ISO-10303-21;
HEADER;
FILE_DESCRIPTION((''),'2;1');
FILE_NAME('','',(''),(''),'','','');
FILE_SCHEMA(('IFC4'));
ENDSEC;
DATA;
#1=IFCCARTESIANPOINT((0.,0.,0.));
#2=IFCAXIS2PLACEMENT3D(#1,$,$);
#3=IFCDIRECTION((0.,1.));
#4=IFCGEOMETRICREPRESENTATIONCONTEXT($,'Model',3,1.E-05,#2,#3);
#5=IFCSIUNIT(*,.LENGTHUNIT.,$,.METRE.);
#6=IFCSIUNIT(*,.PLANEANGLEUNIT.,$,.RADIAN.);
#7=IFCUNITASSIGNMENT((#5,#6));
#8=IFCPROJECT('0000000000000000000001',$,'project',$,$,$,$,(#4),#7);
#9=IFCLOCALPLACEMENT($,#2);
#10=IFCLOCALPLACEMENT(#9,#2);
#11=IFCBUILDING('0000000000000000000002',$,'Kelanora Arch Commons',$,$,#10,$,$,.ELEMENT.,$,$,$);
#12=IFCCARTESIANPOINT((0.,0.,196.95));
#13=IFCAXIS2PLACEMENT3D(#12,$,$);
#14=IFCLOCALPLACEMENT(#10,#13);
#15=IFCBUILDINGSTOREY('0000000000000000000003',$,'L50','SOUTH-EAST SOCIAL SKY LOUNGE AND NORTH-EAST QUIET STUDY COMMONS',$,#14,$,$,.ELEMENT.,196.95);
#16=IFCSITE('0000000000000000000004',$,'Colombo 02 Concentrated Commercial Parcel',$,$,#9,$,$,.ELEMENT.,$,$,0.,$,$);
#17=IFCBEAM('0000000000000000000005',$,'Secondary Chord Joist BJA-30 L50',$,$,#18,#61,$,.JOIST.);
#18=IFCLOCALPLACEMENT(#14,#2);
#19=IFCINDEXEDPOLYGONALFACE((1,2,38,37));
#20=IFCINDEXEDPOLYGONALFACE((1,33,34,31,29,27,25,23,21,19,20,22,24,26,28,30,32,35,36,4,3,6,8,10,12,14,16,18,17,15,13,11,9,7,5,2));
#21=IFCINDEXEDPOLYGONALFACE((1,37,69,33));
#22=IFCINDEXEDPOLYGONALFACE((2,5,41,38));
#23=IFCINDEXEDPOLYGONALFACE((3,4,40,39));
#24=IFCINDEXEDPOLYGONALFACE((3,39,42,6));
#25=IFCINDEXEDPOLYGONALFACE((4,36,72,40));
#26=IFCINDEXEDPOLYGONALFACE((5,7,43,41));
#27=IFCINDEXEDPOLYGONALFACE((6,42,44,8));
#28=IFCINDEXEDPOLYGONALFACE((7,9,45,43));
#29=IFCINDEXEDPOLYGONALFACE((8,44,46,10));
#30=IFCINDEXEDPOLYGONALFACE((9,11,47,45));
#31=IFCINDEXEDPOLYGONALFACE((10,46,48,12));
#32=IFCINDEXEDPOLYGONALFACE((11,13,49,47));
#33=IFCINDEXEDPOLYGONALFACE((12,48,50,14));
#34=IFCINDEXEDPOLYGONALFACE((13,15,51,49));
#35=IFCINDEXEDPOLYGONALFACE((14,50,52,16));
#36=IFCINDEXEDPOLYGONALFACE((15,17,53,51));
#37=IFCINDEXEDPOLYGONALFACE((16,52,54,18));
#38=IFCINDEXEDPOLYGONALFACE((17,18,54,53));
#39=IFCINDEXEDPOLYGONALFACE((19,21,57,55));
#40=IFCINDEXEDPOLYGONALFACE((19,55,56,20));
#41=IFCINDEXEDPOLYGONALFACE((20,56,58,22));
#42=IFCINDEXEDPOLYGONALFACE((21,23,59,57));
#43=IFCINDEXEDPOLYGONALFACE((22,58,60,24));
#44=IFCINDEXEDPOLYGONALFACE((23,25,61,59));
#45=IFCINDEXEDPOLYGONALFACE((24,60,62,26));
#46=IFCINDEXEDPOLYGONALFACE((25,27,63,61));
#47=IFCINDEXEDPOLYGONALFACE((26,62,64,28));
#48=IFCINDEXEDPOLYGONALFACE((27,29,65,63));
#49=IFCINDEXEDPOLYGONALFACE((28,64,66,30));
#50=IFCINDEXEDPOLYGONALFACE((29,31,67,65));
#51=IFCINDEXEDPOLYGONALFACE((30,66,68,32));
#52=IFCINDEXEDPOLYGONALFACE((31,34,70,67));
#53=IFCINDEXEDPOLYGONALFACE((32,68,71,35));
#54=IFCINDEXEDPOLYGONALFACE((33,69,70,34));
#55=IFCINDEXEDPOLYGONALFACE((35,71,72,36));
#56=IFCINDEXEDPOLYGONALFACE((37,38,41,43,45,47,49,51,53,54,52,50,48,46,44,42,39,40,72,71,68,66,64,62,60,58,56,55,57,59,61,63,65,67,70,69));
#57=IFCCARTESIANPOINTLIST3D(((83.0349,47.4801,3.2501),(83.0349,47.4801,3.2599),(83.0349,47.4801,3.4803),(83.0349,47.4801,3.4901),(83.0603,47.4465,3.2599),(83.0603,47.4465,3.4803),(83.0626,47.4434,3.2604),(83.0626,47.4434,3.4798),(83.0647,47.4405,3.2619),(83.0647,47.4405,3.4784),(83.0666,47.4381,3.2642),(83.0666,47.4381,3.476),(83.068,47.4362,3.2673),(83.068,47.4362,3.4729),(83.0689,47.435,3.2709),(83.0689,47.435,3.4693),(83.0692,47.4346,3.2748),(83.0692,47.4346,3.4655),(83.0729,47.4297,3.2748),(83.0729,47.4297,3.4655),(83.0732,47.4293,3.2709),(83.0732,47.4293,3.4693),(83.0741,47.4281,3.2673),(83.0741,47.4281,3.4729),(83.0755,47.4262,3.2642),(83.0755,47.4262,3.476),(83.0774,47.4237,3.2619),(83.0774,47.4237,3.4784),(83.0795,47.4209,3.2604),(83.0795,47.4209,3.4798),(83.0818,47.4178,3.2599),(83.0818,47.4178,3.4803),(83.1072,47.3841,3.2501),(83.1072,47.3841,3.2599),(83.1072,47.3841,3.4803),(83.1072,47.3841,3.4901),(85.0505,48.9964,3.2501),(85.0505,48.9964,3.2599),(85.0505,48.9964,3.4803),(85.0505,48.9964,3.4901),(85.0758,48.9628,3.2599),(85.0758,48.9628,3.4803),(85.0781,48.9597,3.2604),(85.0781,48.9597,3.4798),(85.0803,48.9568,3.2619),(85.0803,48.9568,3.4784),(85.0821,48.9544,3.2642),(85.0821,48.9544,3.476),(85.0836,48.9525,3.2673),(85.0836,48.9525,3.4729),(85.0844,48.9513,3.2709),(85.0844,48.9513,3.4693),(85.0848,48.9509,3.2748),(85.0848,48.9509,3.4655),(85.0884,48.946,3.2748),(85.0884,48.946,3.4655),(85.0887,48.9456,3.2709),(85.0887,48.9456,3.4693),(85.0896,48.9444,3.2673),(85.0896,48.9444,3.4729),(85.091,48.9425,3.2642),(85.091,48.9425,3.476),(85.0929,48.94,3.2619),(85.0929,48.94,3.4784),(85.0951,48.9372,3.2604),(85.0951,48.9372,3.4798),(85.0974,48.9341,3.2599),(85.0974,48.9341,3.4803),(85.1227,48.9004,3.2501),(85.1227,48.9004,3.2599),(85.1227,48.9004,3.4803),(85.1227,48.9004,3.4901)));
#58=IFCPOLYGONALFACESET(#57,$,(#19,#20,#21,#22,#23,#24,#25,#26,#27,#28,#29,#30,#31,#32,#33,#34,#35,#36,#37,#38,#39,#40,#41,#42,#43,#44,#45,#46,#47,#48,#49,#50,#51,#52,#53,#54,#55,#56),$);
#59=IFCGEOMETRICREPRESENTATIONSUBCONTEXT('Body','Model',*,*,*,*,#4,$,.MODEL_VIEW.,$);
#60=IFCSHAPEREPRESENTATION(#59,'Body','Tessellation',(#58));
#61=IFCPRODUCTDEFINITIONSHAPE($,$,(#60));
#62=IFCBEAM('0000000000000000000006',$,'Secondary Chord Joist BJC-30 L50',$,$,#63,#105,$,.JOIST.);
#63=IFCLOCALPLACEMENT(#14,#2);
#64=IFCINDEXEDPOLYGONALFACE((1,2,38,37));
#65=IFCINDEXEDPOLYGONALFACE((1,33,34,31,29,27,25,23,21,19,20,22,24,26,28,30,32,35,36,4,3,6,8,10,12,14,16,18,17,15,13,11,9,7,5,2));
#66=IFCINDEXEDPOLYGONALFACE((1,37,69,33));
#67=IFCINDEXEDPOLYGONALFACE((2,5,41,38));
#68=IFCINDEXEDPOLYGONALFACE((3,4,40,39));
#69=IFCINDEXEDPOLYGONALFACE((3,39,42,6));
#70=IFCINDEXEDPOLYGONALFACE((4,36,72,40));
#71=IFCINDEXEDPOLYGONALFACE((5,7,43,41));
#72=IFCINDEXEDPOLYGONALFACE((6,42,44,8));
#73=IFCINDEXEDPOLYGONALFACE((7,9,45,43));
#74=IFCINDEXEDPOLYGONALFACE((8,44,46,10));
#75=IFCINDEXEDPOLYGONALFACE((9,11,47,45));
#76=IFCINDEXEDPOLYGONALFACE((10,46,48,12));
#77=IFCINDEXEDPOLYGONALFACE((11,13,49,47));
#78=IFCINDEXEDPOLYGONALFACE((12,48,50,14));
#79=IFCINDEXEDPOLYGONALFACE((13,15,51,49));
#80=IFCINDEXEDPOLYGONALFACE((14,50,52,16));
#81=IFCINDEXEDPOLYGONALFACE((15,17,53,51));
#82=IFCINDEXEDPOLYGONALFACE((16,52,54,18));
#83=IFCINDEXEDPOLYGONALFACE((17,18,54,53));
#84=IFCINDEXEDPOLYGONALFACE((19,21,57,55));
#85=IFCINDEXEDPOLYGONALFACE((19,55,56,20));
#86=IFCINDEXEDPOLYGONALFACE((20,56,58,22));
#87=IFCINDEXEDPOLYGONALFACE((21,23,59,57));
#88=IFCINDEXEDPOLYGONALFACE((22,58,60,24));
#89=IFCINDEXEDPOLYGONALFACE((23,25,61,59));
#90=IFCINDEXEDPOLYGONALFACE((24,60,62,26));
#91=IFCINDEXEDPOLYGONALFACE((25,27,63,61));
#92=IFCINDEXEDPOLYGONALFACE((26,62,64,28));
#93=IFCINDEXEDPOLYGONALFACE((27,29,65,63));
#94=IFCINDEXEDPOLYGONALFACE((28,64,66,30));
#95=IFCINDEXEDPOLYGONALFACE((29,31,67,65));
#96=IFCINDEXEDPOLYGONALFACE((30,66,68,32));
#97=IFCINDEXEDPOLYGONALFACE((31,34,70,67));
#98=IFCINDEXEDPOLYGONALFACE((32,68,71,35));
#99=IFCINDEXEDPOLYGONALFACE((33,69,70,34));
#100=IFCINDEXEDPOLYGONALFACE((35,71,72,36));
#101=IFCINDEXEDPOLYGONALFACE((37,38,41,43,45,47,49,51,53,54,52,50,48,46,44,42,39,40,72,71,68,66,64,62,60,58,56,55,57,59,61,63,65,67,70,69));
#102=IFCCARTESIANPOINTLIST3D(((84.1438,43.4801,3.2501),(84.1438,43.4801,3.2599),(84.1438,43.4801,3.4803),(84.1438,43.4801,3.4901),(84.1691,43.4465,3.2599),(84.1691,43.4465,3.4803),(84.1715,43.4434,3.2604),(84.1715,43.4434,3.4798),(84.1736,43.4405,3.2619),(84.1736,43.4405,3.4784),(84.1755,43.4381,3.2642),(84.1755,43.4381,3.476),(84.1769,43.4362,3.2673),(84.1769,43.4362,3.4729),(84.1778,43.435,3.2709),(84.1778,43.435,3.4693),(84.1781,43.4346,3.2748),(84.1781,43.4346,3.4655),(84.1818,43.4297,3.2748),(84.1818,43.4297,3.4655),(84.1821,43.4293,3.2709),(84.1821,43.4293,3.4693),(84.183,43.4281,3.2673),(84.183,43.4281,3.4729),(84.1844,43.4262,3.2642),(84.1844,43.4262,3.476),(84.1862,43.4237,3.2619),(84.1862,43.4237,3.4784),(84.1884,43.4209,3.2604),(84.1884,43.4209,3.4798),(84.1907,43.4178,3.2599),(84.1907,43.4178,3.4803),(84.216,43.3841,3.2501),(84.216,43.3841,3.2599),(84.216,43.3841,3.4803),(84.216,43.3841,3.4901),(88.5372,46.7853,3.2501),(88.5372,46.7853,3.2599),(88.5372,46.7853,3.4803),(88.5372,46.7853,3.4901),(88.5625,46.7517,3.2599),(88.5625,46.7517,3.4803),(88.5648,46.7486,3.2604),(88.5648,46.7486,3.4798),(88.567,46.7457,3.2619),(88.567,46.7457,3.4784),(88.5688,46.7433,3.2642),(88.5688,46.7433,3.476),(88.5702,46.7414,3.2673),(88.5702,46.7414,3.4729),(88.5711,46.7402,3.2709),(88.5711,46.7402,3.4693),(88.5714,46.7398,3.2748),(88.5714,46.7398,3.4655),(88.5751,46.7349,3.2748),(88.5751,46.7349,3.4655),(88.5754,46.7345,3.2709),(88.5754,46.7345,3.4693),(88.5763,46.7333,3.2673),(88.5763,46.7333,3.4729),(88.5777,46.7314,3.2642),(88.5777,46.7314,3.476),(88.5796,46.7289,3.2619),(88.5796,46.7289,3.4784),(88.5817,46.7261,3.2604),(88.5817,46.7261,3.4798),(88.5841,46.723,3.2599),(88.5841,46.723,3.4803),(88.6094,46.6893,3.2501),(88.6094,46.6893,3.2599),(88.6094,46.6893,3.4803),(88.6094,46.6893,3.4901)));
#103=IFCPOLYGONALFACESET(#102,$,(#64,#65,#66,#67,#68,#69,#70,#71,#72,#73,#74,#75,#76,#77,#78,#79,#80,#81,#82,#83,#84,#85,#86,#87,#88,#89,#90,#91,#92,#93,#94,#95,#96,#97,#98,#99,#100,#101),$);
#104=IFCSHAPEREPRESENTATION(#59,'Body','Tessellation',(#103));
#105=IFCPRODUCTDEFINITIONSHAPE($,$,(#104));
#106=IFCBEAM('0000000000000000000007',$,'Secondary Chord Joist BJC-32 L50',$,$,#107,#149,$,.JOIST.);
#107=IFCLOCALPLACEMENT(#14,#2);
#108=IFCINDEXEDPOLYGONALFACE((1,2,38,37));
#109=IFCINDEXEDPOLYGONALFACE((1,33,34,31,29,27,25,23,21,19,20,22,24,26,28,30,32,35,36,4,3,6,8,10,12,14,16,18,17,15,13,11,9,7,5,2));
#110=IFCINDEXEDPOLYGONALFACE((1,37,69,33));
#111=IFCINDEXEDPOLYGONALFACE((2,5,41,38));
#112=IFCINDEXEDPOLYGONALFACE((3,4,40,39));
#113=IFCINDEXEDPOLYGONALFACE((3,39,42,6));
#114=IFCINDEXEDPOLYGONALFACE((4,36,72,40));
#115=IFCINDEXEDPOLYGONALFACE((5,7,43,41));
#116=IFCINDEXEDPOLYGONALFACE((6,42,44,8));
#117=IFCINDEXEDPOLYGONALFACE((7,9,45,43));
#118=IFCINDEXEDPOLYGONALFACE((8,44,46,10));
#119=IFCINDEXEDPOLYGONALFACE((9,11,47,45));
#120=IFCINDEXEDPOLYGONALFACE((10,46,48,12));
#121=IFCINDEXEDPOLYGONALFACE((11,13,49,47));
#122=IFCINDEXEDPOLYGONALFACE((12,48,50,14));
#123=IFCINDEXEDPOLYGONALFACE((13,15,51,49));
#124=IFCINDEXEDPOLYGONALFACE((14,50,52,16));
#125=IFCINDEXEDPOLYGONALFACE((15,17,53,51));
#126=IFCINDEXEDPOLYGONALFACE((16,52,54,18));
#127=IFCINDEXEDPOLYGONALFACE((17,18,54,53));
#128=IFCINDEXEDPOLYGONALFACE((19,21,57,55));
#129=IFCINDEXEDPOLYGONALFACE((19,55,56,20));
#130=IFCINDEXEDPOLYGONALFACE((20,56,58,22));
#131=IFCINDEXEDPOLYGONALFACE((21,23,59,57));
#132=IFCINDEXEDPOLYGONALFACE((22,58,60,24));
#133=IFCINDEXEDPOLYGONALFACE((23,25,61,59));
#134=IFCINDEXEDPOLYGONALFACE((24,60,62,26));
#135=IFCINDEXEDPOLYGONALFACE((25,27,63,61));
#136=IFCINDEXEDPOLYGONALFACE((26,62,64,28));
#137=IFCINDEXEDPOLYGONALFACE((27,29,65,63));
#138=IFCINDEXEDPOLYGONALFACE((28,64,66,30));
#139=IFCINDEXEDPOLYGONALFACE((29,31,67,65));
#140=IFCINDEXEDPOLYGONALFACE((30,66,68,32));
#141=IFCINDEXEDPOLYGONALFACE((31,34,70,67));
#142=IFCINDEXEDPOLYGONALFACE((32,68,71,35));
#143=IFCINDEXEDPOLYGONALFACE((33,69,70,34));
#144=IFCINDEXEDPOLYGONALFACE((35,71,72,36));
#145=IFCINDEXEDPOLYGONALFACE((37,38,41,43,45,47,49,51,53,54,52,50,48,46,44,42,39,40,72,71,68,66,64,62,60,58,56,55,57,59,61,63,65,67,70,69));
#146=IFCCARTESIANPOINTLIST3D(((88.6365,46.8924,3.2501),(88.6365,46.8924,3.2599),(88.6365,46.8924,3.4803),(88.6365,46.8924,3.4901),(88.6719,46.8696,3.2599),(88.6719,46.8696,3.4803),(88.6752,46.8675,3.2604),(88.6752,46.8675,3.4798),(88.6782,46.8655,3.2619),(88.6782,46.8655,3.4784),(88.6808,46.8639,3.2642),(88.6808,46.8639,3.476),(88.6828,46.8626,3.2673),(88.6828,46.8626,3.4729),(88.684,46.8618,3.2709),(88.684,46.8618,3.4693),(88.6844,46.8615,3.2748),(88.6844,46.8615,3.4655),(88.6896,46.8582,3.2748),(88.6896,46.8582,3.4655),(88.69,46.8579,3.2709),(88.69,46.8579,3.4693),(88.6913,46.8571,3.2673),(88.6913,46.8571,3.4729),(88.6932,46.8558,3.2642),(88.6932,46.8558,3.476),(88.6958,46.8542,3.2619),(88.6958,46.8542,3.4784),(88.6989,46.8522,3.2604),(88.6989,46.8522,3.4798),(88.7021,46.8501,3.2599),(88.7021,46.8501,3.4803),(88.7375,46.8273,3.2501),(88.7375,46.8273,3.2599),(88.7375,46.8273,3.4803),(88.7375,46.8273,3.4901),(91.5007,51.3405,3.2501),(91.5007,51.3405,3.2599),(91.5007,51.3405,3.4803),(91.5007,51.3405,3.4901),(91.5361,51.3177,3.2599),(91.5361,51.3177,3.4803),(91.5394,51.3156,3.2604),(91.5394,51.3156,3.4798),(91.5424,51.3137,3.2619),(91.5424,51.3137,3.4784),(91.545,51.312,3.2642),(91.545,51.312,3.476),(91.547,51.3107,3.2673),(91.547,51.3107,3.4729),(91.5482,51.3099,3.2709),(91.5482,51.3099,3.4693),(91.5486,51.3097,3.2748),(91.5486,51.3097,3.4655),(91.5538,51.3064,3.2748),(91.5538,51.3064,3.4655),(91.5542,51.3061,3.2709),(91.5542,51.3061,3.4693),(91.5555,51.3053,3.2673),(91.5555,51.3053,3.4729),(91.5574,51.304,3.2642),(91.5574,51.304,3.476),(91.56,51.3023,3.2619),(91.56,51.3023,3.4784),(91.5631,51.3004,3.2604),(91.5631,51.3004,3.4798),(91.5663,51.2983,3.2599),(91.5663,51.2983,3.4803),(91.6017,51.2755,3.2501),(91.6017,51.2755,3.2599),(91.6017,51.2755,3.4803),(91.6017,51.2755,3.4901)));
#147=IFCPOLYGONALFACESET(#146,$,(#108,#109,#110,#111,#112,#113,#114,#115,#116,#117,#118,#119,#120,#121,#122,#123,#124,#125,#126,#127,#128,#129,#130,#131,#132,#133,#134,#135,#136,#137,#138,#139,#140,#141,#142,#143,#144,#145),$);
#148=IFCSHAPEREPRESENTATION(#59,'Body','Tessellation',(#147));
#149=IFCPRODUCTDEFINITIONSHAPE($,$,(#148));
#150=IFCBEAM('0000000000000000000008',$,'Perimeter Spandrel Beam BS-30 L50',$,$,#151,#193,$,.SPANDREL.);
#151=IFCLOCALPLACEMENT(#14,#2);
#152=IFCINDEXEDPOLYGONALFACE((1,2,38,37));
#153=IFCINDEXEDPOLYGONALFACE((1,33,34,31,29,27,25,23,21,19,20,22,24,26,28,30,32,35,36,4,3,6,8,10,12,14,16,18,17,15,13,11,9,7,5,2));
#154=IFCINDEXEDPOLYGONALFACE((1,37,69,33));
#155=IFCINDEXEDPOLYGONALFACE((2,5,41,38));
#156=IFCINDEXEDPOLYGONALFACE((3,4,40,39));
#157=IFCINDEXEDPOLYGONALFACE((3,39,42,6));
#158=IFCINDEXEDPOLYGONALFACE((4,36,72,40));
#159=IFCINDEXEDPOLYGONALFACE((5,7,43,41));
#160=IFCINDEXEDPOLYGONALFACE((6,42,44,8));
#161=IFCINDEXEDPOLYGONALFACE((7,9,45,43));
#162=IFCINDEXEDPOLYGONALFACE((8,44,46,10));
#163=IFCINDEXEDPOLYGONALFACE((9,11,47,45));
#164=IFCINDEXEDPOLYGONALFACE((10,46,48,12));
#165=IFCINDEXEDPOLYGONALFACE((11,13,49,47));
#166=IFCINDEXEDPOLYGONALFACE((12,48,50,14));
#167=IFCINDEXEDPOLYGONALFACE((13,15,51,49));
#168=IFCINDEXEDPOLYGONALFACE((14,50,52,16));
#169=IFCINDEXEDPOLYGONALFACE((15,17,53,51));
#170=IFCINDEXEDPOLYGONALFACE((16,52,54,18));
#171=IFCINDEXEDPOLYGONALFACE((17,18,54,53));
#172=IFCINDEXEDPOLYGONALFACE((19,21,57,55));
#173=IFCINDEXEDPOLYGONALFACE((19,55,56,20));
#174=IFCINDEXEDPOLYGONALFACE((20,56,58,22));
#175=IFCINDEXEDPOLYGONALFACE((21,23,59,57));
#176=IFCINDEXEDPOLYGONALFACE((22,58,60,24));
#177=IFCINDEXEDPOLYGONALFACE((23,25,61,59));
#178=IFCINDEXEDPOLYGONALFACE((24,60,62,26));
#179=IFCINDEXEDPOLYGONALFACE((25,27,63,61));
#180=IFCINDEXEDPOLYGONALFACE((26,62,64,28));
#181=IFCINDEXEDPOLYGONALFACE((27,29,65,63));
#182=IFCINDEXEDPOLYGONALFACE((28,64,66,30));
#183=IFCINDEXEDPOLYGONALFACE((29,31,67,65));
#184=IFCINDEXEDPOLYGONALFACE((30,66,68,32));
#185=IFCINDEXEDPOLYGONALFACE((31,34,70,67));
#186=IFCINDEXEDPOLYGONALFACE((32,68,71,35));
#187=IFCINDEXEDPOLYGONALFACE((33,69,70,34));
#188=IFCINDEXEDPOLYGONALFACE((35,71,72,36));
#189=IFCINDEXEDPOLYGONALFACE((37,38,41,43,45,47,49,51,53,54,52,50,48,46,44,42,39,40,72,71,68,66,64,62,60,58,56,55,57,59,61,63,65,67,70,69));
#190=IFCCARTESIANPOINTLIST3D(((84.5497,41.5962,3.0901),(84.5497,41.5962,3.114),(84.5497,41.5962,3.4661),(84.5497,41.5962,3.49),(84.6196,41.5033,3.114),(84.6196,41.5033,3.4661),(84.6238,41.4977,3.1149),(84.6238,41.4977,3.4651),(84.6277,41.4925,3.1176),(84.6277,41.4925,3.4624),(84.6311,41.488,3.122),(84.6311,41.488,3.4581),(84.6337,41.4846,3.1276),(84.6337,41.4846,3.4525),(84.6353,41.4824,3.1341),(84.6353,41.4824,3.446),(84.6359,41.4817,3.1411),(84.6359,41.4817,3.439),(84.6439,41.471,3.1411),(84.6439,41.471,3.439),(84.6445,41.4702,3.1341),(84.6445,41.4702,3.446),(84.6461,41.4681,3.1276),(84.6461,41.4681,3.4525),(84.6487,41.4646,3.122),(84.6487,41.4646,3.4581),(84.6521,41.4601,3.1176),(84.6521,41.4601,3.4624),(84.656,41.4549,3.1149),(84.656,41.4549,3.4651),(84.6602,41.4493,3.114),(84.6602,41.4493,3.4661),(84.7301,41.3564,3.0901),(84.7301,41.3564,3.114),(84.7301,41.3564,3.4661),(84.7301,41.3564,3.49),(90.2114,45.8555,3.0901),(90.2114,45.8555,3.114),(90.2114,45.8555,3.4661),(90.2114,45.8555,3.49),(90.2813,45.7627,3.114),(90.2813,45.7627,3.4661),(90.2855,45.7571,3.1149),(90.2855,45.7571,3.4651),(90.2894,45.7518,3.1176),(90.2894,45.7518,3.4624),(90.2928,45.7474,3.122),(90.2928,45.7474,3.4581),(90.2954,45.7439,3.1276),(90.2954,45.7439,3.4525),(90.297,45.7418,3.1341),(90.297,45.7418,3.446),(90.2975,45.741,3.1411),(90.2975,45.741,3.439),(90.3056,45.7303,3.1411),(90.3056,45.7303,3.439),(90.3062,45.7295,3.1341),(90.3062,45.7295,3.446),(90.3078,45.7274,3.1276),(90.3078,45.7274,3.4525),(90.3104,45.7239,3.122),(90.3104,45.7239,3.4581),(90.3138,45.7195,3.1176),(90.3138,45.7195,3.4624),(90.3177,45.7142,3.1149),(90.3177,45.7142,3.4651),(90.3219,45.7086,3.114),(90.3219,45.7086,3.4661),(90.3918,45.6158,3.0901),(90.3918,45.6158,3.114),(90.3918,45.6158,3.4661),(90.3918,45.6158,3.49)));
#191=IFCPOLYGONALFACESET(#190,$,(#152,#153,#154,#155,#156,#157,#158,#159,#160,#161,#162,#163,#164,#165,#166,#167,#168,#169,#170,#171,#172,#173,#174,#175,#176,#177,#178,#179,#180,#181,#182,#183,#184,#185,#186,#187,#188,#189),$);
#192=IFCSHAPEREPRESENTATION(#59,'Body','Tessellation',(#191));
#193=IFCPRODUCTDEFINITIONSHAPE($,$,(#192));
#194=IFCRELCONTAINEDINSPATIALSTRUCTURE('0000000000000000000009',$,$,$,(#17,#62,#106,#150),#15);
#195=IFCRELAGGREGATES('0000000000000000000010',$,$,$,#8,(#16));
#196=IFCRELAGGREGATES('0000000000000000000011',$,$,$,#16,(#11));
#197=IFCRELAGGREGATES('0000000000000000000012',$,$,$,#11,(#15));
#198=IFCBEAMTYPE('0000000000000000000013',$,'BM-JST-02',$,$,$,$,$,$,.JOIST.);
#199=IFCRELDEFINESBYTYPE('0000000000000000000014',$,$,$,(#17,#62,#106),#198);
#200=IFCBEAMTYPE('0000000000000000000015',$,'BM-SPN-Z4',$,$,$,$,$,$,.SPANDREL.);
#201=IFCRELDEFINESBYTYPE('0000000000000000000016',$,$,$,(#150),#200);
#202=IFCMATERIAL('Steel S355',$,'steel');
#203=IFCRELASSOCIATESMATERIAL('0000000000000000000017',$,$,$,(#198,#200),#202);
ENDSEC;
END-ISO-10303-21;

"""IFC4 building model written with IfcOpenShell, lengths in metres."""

from ifc_helpers import new_model, si_unit, direction, frame, origin, origin_2d, place, context, subcontext, project, spatial, i_section, extrude, material, material_profile, profile_set, type_object, element, save


model = new_model("IFC4")

# Units and contexts
model_context = context("Model", 3, precision=1e-05, world=origin(), true_north=direction((0.0, 1.0)))
body_context = subcontext(model_context, "Body", "Model", "MODEL_VIEW")
ifc_project = project(units=[si_unit("LENGTHUNIT", "METRE"), si_unit("PLANEANGLEUNIT", "RADIAN")], contexts=[model_context])

# Site, building, storey
site_placement = place(None, origin())
site = spatial("IfcSite", under=ifc_project, at=site_placement, Name="Colombo 02 Concentrated Commercial Parcel", CompositionType="ELEMENT", RefElevation=0.0)
building_placement = place(site_placement, origin())
building = spatial("IfcBuilding", under=site, at=building_placement, Name="Kelanora Arch Commons", CompositionType="ELEMENT")
storey_placement = place(building_placement, frame((0.0, 0.0, 196.95)))
storey = spatial("IfcBuildingStorey", under=building, at=storey_placement, Name="L50", Description="SOUTH-EAST SOCIAL SKY LOUNGE AND NORTH-EAST QUIET STUDY COMMONS", CompositionType="ELEMENT", Elevation=196.95)

# Beams
ifc_material_1 = material(Name="Steel S355", Category="steel")
ifc_material_profile_1 = material_profile(ifc_material_1, i_section(OverallWidth=0.1201, OverallDepth=0.24, WebThickness=0.0061, FlangeThickness=0.0098, FilletRadius=0.0149, at=origin_2d()), Name="IPE240")
ifc_profile_set_1 = profile_set([ifc_material_profile_1], Name="Steel S355")
beam_type_1 = type_object("IfcBeamType", Name="BM-JST-02", PredefinedType="JOIST", material=ifc_profile_set_1)
beam_1_placement = place(storey_placement, frame((83.071, 47.4321, 3.3701), z_axis=(0.799116, 0.601176, 0.0), x_axis=(-0.601176, 0.799116, 0.0)))
element("IfcBeam", 1, at=beam_1_placement, inside=storey, type_object=beam_type_1, Name="Secondary Chord Joist BJA-30 L50", PredefinedType="JOIST", context=body_context, shape_type="SweptSolid", body=[
    extrude(i_section(OverallWidth=0.1201, OverallDepth=0.24, WebThickness=0.0061, FlangeThickness=0.0098, FilletRadius=0.0149, at=origin_2d()), origin(), (0.0, 0.0, 1.0), 2.5222),
])
beam_2_placement = place(storey_placement, frame((84.1799, 43.4321, 3.3701), z_axis=(0.799109, 0.601186, 0.0), x_axis=(-0.601186, 0.799109, 0.0)))
element("IfcBeam", 2, at=beam_2_placement, inside=storey, type_object=beam_type_1, Name="Secondary Chord Joist BJC-30 L50", PredefinedType="JOIST", context=body_context, shape_type="SweptSolid", body=[
    extrude(i_section(OverallWidth=0.1201, OverallDepth=0.24, WebThickness=0.0061, FlangeThickness=0.0098, FilletRadius=0.0149, at=origin_2d()), origin(), (0.0, 0.0, 1.0), 5.4978),
])
beam_3_placement = place(storey_placement, frame((88.687, 46.8599, 3.3701), z_axis=(0.541382, 0.840776, 0.0), x_axis=(-0.840776, 0.541382, 0.0)))
element("IfcBeam", 3, at=beam_3_placement, inside=storey, type_object=beam_type_1, Name="Secondary Chord Joist BJC-32 L50", PredefinedType="JOIST", context=body_context, shape_type="SweptSolid", body=[
    extrude(i_section(OverallWidth=0.1201, OverallDepth=0.24, WebThickness=0.0061, FlangeThickness=0.0098, FilletRadius=0.0149, at=origin_2d()), origin(), (0.0, 0.0, 1.0), 5.2905),
])
ifc_material_profile_2 = material_profile(ifc_material_1, i_section(OverallWidth=0.3, OverallDepth=0.3999, WebThickness=0.0134, FlangeThickness=0.0239, FilletRadius=0.0271, at=origin_2d()), Name="HEB400")
ifc_profile_set_2 = profile_set([ifc_material_profile_2], Name="Steel S355")
beam_type_2 = type_object("IfcBeamType", Name="BM-SPN-Z4", PredefinedType="SPANDREL", material=ifc_profile_set_2)
beam_4_placement = place(storey_placement, frame((84.6399, 41.4763, 3.29), z_axis=(0.799114, 0.601179, 0.0), x_axis=(-0.601179, 0.799114, 0.0)))
element("IfcBeam", 4, at=beam_4_placement, inside=storey, type_object=beam_type_2, Name="Perimeter Spandrel Beam BS-30 L50", PredefinedType="SPANDREL", context=body_context, shape_type="SweptSolid", body=[
    extrude(i_section(OverallWidth=0.3, OverallDepth=0.3999, WebThickness=0.0134, FlangeThickness=0.0239, FilletRadius=0.0271, at=origin_2d()), origin(), (0.0, 0.0, 1.0), 7.085),
])

save(model, "model.ifc")
